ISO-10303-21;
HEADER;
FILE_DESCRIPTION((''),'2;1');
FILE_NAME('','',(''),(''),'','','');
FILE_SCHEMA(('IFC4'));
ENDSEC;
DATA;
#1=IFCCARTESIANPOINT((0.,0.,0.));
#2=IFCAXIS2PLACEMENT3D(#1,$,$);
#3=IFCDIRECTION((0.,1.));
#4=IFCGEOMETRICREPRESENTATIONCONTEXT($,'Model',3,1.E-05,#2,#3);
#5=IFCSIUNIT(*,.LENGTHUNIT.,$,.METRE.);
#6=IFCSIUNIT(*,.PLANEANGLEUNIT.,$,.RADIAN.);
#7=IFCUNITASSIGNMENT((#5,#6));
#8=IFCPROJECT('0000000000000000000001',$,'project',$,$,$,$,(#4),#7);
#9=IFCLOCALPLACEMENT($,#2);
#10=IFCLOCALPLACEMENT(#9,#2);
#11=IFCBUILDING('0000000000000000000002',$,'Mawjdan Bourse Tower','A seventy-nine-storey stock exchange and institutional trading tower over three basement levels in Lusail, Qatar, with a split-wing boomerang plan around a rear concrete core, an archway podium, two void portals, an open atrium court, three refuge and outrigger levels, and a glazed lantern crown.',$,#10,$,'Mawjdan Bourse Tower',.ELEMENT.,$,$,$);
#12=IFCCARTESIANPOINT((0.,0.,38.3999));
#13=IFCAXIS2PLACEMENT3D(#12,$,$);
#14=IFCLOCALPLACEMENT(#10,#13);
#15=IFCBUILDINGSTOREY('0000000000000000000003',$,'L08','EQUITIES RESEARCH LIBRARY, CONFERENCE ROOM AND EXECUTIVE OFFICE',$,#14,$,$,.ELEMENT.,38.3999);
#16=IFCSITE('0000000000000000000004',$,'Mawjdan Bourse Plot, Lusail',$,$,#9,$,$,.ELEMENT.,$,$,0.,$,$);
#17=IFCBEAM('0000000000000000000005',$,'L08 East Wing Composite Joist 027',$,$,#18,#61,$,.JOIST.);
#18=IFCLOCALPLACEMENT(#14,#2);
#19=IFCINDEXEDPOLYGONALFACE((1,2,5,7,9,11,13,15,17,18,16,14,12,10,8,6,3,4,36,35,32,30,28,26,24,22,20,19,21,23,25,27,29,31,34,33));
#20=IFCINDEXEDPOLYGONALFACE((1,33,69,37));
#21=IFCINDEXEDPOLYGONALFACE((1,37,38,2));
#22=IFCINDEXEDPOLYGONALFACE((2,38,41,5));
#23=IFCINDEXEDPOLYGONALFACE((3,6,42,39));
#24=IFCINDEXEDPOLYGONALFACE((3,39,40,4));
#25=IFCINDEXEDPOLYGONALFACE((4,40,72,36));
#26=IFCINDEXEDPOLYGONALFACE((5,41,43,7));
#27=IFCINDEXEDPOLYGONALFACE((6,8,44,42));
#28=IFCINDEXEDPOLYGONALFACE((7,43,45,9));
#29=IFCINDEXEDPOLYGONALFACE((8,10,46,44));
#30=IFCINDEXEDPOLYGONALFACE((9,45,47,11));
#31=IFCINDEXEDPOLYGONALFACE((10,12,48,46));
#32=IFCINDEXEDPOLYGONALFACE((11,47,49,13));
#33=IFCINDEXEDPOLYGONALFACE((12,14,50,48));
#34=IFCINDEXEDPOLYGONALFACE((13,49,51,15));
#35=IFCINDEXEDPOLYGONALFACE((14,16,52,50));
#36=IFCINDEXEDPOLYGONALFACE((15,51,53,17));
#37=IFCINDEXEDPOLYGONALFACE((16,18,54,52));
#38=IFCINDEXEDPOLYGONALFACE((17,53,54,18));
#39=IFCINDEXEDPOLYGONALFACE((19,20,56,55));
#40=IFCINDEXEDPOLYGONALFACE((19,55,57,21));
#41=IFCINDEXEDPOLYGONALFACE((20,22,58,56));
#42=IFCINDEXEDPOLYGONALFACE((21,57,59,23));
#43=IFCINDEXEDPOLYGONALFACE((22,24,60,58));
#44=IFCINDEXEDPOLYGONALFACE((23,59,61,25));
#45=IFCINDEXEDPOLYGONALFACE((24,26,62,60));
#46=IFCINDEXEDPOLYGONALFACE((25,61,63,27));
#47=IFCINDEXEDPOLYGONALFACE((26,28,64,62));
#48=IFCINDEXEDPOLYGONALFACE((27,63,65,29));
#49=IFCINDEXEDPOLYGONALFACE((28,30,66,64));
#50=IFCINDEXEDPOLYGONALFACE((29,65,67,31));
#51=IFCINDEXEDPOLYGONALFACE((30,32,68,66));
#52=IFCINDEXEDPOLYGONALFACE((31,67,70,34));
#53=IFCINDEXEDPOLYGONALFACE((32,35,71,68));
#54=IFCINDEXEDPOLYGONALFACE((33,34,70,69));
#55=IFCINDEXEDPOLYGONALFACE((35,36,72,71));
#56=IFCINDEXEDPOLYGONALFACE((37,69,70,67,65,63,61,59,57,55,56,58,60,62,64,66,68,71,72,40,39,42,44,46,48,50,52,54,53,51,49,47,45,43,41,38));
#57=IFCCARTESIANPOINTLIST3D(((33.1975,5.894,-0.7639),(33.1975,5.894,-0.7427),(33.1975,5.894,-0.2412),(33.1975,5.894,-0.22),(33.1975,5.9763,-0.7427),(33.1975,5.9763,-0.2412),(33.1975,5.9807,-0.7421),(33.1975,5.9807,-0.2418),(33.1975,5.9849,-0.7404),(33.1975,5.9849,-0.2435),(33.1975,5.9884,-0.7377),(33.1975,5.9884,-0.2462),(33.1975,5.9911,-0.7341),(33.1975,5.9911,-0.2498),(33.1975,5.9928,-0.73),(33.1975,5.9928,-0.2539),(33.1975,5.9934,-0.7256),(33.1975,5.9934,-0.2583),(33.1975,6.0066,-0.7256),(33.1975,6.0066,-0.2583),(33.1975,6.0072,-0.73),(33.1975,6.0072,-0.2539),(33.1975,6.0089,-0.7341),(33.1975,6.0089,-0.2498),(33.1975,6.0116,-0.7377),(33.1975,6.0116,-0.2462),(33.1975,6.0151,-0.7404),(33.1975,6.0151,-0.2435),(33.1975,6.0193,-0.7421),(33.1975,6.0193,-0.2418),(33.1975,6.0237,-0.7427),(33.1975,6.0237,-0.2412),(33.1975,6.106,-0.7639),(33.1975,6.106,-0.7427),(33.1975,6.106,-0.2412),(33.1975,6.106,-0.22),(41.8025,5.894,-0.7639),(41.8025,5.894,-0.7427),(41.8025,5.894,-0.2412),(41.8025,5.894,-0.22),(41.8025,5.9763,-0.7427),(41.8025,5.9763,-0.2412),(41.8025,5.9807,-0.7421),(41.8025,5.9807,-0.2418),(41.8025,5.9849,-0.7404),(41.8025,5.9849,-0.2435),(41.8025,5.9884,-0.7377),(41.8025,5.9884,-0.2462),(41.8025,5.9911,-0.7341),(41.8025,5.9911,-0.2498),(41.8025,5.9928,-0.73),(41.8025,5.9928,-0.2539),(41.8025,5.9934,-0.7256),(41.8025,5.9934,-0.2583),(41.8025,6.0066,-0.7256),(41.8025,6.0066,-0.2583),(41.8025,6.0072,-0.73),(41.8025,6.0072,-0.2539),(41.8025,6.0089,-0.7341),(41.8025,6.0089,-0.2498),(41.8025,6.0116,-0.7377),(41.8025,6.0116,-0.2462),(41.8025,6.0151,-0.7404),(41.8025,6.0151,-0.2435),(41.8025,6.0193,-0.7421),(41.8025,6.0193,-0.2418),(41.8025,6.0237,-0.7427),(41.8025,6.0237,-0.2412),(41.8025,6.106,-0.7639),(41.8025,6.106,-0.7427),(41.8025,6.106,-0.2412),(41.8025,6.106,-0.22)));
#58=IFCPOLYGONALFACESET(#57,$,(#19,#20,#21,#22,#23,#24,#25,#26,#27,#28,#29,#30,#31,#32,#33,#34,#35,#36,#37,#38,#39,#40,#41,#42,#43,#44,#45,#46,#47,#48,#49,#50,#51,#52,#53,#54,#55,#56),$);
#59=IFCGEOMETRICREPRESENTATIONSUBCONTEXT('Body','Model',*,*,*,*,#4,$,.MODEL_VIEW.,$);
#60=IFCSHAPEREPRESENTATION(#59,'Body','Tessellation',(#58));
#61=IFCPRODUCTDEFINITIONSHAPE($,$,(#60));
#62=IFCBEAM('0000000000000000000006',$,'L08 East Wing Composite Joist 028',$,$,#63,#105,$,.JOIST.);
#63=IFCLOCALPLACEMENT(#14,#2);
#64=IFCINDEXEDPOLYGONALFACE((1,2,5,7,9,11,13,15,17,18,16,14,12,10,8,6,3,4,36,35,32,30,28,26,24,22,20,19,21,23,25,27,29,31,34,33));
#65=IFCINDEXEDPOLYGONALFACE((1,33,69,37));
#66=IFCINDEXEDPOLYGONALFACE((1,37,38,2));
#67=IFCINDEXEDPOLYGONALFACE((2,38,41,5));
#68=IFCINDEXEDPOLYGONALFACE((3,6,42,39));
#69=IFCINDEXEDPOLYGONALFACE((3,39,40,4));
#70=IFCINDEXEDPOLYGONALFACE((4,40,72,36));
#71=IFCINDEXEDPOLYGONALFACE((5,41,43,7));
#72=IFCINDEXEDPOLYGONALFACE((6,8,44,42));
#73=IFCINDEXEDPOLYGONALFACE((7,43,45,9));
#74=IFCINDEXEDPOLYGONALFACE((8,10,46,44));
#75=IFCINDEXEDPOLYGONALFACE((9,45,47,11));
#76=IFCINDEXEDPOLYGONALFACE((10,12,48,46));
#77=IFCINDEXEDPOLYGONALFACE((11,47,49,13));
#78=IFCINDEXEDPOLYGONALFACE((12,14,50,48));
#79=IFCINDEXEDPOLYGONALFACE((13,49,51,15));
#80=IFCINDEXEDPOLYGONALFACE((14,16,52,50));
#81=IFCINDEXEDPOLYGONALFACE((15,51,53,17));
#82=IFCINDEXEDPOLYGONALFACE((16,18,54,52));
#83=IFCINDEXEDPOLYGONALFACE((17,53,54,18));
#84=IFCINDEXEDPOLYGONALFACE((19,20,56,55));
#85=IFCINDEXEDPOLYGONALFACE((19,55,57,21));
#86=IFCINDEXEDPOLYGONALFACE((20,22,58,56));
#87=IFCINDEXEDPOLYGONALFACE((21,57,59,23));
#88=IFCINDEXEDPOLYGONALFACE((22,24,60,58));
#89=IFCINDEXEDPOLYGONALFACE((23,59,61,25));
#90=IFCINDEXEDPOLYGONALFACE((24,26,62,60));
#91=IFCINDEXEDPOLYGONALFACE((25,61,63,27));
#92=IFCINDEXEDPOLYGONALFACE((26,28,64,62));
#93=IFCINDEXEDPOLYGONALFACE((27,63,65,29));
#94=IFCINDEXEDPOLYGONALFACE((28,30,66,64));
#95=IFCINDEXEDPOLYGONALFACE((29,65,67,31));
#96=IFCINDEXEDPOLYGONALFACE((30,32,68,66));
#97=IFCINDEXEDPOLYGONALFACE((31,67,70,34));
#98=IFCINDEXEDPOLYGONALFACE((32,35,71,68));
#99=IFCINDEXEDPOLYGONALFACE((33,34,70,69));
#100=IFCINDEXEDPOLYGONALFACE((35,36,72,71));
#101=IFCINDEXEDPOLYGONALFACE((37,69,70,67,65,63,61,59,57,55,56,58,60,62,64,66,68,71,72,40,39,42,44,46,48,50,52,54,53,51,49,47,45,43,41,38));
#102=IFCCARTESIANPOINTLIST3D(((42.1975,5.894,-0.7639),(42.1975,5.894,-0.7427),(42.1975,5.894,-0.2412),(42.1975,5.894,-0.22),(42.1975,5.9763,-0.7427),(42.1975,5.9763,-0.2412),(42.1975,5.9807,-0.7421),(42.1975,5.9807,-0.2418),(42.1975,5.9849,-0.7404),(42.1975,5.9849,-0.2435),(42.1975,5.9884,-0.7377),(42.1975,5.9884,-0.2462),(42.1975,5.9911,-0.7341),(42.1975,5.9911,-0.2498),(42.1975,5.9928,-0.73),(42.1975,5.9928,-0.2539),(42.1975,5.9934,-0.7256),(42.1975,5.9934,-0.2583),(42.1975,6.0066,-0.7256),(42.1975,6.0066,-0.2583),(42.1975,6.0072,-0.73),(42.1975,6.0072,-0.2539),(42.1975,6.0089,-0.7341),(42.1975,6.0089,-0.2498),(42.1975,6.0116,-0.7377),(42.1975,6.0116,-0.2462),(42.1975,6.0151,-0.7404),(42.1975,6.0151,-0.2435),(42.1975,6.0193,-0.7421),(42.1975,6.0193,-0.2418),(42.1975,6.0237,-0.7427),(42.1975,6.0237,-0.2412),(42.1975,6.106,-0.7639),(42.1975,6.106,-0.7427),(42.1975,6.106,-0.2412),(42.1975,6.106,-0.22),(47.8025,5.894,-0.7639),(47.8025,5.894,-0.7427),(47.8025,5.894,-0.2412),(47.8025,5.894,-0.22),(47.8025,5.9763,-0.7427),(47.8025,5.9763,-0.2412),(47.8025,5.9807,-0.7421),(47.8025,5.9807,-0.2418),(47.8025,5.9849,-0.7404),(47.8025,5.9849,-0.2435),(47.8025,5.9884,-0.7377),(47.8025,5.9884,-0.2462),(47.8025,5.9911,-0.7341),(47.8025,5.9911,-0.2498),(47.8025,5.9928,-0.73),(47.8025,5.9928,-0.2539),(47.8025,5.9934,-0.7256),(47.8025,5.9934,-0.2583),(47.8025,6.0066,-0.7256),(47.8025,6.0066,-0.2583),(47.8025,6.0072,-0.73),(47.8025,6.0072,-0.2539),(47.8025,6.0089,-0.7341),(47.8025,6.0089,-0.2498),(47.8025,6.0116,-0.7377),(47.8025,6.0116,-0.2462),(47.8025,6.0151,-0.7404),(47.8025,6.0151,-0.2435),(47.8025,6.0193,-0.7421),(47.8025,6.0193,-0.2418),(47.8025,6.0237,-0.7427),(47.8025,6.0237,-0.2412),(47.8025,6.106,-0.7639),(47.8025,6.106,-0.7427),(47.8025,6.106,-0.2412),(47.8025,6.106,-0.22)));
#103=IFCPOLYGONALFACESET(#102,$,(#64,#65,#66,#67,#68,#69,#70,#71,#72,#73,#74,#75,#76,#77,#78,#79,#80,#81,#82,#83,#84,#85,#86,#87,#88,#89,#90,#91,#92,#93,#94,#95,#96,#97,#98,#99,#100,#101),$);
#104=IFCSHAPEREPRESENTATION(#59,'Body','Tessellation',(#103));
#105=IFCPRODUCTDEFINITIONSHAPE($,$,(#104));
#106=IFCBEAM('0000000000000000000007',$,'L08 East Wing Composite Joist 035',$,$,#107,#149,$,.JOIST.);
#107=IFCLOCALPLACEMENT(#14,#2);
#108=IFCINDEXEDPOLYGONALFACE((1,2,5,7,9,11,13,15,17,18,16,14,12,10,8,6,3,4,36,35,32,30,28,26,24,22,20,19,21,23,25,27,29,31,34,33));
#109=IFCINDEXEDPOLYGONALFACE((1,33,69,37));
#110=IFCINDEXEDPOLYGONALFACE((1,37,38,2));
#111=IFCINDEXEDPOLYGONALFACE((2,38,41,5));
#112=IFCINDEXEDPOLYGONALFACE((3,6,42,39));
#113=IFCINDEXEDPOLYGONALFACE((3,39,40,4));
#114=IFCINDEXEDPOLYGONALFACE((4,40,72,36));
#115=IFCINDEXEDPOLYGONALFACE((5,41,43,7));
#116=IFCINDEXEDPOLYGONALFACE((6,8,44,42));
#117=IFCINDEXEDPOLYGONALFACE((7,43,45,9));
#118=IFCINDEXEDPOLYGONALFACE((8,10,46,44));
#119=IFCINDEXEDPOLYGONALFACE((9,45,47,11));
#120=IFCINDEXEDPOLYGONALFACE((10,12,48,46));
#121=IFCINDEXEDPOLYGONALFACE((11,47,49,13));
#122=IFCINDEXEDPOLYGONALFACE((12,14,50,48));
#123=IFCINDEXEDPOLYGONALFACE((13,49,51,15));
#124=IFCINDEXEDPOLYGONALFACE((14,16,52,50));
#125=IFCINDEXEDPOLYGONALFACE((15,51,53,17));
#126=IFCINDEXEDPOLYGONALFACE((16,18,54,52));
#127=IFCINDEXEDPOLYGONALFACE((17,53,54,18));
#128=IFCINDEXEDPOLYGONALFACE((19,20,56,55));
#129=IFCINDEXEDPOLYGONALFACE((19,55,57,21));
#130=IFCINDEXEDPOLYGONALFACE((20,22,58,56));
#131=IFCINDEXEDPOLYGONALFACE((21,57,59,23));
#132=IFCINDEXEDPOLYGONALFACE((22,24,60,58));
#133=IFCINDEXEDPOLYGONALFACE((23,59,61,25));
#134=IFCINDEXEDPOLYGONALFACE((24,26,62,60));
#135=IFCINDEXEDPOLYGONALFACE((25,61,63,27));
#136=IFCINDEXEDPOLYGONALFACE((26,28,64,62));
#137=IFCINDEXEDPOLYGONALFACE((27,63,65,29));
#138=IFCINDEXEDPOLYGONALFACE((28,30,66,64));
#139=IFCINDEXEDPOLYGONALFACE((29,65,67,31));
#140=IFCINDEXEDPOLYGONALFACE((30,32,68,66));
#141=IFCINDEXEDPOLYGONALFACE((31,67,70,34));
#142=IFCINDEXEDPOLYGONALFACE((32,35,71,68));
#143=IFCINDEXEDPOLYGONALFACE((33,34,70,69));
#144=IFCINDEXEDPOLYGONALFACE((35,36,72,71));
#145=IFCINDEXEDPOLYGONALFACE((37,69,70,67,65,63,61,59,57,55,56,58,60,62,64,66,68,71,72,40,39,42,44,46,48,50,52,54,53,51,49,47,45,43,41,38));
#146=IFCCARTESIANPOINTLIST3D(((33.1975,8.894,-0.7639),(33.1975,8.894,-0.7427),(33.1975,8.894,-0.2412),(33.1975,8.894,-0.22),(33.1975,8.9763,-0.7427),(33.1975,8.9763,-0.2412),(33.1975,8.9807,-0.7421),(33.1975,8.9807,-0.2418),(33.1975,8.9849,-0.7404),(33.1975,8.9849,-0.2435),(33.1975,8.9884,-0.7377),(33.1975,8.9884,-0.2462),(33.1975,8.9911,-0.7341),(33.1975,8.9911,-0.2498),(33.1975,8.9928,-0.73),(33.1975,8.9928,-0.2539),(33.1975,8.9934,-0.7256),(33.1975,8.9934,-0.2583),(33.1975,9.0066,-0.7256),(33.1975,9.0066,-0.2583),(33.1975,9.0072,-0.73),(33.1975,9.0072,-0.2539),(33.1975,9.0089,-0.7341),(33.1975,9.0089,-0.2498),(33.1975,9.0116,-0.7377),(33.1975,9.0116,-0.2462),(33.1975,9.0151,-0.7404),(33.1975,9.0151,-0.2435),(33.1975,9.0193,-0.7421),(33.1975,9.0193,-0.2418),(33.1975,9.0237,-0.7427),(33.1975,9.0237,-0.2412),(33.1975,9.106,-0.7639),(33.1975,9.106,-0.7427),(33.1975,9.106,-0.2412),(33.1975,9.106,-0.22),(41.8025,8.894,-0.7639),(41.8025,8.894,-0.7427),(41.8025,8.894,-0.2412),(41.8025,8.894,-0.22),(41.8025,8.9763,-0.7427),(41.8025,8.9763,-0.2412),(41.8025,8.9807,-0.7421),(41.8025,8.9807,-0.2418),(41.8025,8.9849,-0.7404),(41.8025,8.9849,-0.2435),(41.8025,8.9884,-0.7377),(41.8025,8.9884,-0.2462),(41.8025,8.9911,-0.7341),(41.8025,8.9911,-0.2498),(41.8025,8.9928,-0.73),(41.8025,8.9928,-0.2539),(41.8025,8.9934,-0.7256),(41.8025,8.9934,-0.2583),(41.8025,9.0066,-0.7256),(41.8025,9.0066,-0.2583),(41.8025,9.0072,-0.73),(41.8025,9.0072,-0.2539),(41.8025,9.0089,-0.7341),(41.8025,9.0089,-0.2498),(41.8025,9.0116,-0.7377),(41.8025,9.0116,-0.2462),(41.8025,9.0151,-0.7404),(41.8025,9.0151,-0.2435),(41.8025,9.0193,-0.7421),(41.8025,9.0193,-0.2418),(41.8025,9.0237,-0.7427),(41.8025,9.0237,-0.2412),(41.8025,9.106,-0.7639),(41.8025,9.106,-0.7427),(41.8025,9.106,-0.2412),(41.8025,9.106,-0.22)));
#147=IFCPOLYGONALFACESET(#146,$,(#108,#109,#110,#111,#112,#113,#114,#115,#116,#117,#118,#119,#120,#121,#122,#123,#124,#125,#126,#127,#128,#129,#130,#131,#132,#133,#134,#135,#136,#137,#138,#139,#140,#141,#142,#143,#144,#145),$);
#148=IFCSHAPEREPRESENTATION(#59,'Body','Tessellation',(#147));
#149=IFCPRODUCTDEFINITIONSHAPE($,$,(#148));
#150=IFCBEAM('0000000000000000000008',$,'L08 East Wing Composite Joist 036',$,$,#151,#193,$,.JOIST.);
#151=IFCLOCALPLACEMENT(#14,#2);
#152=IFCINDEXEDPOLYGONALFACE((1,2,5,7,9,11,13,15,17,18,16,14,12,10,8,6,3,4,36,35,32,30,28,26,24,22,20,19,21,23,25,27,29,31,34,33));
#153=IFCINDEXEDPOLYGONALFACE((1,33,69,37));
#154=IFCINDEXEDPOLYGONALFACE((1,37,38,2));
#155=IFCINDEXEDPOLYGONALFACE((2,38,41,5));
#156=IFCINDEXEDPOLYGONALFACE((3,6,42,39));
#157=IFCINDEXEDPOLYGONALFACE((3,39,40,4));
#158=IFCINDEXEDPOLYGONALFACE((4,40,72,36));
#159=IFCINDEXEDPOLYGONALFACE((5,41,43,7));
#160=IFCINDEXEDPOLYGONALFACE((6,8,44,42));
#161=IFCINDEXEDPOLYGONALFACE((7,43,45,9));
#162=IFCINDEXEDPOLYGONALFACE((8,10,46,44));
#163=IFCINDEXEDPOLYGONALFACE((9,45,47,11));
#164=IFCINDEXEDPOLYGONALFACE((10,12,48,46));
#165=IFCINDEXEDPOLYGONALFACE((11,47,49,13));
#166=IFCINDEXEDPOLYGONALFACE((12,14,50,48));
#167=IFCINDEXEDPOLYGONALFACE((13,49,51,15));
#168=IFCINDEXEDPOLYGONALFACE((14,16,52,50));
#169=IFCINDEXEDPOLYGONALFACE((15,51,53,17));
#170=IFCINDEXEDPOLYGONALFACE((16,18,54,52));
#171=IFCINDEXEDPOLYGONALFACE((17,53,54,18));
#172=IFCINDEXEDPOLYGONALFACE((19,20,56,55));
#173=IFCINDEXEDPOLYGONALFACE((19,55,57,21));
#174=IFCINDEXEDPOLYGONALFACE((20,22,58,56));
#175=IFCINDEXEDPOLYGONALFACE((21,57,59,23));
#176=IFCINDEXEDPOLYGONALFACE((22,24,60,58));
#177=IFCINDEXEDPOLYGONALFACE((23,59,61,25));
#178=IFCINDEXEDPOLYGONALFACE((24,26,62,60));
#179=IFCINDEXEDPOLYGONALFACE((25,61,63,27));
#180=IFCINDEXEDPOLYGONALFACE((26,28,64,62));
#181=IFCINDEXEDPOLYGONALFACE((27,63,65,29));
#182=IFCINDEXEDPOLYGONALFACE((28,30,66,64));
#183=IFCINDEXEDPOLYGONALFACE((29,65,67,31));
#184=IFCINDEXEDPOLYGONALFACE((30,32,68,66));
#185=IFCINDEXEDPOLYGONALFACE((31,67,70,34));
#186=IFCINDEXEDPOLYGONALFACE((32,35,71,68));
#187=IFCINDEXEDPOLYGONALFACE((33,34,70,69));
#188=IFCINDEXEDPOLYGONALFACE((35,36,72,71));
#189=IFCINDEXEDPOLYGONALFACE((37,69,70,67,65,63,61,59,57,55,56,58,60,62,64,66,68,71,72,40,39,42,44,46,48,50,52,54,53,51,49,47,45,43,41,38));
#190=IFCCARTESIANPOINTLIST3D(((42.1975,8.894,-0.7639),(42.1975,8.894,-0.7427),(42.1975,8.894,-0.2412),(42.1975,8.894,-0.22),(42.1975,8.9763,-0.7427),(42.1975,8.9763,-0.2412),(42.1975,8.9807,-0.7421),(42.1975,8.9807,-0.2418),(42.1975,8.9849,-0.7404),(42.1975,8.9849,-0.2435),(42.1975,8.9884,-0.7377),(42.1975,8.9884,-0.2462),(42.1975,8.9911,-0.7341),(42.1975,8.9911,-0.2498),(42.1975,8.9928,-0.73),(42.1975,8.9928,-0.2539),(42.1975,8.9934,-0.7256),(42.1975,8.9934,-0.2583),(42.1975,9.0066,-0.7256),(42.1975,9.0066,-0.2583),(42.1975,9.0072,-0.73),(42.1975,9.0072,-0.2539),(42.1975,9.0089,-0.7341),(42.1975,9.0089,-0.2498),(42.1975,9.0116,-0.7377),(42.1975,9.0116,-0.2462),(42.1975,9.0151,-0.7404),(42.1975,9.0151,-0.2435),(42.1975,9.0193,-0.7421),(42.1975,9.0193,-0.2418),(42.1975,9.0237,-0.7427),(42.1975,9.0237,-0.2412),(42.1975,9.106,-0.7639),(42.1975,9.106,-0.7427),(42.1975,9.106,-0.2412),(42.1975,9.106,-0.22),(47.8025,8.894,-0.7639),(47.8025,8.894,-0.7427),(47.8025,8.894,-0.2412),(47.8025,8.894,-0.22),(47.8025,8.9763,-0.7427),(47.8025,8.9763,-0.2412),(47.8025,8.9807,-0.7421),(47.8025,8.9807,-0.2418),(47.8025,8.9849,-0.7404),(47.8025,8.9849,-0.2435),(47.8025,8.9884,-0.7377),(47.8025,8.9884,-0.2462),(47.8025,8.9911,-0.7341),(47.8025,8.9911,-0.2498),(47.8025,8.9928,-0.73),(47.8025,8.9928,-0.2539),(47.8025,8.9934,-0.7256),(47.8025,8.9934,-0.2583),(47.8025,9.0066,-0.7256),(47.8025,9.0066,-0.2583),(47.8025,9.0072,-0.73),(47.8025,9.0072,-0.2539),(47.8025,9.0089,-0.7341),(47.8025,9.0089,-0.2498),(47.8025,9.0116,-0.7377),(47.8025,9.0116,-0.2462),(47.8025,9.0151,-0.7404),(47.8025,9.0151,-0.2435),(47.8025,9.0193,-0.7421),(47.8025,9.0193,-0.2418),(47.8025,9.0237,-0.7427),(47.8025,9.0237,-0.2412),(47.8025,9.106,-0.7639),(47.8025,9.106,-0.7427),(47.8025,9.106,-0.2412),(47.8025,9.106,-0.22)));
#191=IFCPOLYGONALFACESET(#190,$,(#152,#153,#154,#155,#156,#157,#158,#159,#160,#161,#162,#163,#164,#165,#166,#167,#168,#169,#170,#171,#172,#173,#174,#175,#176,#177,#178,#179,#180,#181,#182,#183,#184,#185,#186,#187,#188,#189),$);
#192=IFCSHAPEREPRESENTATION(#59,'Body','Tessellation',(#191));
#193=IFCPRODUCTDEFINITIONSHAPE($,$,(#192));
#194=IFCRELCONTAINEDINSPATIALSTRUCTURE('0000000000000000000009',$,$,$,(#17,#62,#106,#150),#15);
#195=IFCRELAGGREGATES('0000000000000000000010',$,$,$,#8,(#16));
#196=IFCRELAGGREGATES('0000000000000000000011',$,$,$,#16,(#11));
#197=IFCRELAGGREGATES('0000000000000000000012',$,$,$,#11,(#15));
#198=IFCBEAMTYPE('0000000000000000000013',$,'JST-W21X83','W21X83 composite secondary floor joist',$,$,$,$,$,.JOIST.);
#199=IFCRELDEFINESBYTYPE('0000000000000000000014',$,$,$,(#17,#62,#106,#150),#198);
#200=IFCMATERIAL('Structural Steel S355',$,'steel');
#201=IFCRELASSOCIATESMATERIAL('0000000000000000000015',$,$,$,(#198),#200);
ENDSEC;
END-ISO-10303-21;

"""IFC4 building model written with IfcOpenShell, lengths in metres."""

from ifc_helpers import new_model, si_unit, direction, frame, origin, origin_2d, place, context, subcontext, project, spatial, i_section, extrude, material, material_profile, profile_set, type_object, element, save


model = new_model("IFC4")

# Units and contexts
model_context = context("Model", 3, precision=1e-05, world=origin(), true_north=direction((0.0, 1.0)))
body_context = subcontext(model_context, "Body", "Model", "MODEL_VIEW")
ifc_project = project(units=[si_unit("LENGTHUNIT", "METRE"), si_unit("PLANEANGLEUNIT", "RADIAN")], contexts=[model_context])

# Site, building, storey
site_placement = place(None, origin())
site = spatial("IfcSite", under=ifc_project, at=site_placement, Name="Mawjdan Bourse Plot, Lusail", CompositionType="ELEMENT", RefElevation=0.0)
building_placement = place(site_placement, origin())
building = spatial("IfcBuilding", under=site, at=building_placement, Name="Mawjdan Bourse Tower", Description="A seventy-nine-storey stock exchange and institutional trading tower over three basement levels in Lusail, Qatar, with a split-wing boomerang plan around a rear concrete core, an archway podium, two void portals, an open atrium court, three refuge and outrigger levels, and a glazed lantern crown.", LongName="Mawjdan Bourse Tower", CompositionType="ELEMENT")
storey_placement = place(building_placement, frame((0.0, 0.0, 38.3999)))
storey = spatial("IfcBuildingStorey", under=building, at=storey_placement, Name="L08", Description="EQUITIES RESEARCH LIBRARY, CONFERENCE ROOM AND EXECUTIVE OFFICE", CompositionType="ELEMENT", Elevation=38.3999)

# Beams
ifc_material_1 = material(Name="Structural Steel S355", Category="steel")
ifc_material_profile_1 = material_profile(ifc_material_1, i_section(OverallWidth=0.2119, OverallDepth=0.5439, WebThickness=0.0132, FlangeThickness=0.0212, FilletRadius=0.0171, at=origin_2d()), Name="W21X83")
ifc_profile_set_1 = profile_set([ifc_material_profile_1], Name="Structural Steel S355")
beam_type_1 = type_object("IfcBeamType", Name="JST-W21X83", Description="W21X83 composite secondary floor joist", PredefinedType="JOIST", material=ifc_profile_set_1)
beam_1_placement = place(storey_placement, frame((33.1975, 6.0, -0.4919), z_axis=(1.0, 0.0, 0.0), x_axis=(0.0, 1.0, 0.0)))
element("IfcBeam", 1, at=beam_1_placement, inside=storey, type_object=beam_type_1, Name="L08 East Wing Composite Joist 027", PredefinedType="JOIST", context=body_context, shape_type="SweptSolid", body=[
    extrude(i_section(OverallWidth=0.2119, OverallDepth=0.5439, WebThickness=0.0132, FlangeThickness=0.0212, FilletRadius=0.0171, at=origin_2d()), origin(), (0.0, 0.0, 1.0), 8.605),
])
beam_2_placement = place(storey_placement, frame((42.1975, 6.0, -0.4919), z_axis=(1.0, 0.0, 0.0), x_axis=(0.0, 1.0, 0.0)))
element("IfcBeam", 2, at=beam_2_placement, inside=storey, type_object=beam_type_1, Name="L08 East Wing Composite Joist 028", PredefinedType="JOIST", context=body_context, shape_type="SweptSolid", body=[
    extrude(i_section(OverallWidth=0.2119, OverallDepth=0.5439, WebThickness=0.0132, FlangeThickness=0.0212, FilletRadius=0.0171, at=origin_2d()), origin(), (0.0, 0.0, 1.0), 5.605),
])
beam_3_placement = place(storey_placement, frame((33.1975, 9.0, -0.4919), z_axis=(1.0, 0.0, 0.0), x_axis=(0.0, 1.0, 0.0)))
element("IfcBeam", 3, at=beam_3_placement, inside=storey, type_object=beam_type_1, Name="L08 East Wing Composite Joist 035", PredefinedType="JOIST", context=body_context, shape_type="SweptSolid", body=[
    extrude(i_section(OverallWidth=0.2119, OverallDepth=0.5439, WebThickness=0.0132, FlangeThickness=0.0212, FilletRadius=0.0171, at=origin_2d()), origin(), (0.0, 0.0, 1.0), 8.605),
])
beam_4_placement = place(storey_placement, frame((42.1975, 9.0, -0.4919), z_axis=(1.0, 0.0, 0.0), x_axis=(0.0, 1.0, 0.0)))
element("IfcBeam", 4, at=beam_4_placement, inside=storey, type_object=beam_type_1, Name="L08 East Wing Composite Joist 036", PredefinedType="JOIST", context=body_context, shape_type="SweptSolid", body=[
    extrude(i_section(OverallWidth=0.2119, OverallDepth=0.5439, WebThickness=0.0132, FlangeThickness=0.0212, FilletRadius=0.0171, at=origin_2d()), origin(), (0.0, 0.0, 1.0), 5.605),
])

save(model, "model.ifc")
